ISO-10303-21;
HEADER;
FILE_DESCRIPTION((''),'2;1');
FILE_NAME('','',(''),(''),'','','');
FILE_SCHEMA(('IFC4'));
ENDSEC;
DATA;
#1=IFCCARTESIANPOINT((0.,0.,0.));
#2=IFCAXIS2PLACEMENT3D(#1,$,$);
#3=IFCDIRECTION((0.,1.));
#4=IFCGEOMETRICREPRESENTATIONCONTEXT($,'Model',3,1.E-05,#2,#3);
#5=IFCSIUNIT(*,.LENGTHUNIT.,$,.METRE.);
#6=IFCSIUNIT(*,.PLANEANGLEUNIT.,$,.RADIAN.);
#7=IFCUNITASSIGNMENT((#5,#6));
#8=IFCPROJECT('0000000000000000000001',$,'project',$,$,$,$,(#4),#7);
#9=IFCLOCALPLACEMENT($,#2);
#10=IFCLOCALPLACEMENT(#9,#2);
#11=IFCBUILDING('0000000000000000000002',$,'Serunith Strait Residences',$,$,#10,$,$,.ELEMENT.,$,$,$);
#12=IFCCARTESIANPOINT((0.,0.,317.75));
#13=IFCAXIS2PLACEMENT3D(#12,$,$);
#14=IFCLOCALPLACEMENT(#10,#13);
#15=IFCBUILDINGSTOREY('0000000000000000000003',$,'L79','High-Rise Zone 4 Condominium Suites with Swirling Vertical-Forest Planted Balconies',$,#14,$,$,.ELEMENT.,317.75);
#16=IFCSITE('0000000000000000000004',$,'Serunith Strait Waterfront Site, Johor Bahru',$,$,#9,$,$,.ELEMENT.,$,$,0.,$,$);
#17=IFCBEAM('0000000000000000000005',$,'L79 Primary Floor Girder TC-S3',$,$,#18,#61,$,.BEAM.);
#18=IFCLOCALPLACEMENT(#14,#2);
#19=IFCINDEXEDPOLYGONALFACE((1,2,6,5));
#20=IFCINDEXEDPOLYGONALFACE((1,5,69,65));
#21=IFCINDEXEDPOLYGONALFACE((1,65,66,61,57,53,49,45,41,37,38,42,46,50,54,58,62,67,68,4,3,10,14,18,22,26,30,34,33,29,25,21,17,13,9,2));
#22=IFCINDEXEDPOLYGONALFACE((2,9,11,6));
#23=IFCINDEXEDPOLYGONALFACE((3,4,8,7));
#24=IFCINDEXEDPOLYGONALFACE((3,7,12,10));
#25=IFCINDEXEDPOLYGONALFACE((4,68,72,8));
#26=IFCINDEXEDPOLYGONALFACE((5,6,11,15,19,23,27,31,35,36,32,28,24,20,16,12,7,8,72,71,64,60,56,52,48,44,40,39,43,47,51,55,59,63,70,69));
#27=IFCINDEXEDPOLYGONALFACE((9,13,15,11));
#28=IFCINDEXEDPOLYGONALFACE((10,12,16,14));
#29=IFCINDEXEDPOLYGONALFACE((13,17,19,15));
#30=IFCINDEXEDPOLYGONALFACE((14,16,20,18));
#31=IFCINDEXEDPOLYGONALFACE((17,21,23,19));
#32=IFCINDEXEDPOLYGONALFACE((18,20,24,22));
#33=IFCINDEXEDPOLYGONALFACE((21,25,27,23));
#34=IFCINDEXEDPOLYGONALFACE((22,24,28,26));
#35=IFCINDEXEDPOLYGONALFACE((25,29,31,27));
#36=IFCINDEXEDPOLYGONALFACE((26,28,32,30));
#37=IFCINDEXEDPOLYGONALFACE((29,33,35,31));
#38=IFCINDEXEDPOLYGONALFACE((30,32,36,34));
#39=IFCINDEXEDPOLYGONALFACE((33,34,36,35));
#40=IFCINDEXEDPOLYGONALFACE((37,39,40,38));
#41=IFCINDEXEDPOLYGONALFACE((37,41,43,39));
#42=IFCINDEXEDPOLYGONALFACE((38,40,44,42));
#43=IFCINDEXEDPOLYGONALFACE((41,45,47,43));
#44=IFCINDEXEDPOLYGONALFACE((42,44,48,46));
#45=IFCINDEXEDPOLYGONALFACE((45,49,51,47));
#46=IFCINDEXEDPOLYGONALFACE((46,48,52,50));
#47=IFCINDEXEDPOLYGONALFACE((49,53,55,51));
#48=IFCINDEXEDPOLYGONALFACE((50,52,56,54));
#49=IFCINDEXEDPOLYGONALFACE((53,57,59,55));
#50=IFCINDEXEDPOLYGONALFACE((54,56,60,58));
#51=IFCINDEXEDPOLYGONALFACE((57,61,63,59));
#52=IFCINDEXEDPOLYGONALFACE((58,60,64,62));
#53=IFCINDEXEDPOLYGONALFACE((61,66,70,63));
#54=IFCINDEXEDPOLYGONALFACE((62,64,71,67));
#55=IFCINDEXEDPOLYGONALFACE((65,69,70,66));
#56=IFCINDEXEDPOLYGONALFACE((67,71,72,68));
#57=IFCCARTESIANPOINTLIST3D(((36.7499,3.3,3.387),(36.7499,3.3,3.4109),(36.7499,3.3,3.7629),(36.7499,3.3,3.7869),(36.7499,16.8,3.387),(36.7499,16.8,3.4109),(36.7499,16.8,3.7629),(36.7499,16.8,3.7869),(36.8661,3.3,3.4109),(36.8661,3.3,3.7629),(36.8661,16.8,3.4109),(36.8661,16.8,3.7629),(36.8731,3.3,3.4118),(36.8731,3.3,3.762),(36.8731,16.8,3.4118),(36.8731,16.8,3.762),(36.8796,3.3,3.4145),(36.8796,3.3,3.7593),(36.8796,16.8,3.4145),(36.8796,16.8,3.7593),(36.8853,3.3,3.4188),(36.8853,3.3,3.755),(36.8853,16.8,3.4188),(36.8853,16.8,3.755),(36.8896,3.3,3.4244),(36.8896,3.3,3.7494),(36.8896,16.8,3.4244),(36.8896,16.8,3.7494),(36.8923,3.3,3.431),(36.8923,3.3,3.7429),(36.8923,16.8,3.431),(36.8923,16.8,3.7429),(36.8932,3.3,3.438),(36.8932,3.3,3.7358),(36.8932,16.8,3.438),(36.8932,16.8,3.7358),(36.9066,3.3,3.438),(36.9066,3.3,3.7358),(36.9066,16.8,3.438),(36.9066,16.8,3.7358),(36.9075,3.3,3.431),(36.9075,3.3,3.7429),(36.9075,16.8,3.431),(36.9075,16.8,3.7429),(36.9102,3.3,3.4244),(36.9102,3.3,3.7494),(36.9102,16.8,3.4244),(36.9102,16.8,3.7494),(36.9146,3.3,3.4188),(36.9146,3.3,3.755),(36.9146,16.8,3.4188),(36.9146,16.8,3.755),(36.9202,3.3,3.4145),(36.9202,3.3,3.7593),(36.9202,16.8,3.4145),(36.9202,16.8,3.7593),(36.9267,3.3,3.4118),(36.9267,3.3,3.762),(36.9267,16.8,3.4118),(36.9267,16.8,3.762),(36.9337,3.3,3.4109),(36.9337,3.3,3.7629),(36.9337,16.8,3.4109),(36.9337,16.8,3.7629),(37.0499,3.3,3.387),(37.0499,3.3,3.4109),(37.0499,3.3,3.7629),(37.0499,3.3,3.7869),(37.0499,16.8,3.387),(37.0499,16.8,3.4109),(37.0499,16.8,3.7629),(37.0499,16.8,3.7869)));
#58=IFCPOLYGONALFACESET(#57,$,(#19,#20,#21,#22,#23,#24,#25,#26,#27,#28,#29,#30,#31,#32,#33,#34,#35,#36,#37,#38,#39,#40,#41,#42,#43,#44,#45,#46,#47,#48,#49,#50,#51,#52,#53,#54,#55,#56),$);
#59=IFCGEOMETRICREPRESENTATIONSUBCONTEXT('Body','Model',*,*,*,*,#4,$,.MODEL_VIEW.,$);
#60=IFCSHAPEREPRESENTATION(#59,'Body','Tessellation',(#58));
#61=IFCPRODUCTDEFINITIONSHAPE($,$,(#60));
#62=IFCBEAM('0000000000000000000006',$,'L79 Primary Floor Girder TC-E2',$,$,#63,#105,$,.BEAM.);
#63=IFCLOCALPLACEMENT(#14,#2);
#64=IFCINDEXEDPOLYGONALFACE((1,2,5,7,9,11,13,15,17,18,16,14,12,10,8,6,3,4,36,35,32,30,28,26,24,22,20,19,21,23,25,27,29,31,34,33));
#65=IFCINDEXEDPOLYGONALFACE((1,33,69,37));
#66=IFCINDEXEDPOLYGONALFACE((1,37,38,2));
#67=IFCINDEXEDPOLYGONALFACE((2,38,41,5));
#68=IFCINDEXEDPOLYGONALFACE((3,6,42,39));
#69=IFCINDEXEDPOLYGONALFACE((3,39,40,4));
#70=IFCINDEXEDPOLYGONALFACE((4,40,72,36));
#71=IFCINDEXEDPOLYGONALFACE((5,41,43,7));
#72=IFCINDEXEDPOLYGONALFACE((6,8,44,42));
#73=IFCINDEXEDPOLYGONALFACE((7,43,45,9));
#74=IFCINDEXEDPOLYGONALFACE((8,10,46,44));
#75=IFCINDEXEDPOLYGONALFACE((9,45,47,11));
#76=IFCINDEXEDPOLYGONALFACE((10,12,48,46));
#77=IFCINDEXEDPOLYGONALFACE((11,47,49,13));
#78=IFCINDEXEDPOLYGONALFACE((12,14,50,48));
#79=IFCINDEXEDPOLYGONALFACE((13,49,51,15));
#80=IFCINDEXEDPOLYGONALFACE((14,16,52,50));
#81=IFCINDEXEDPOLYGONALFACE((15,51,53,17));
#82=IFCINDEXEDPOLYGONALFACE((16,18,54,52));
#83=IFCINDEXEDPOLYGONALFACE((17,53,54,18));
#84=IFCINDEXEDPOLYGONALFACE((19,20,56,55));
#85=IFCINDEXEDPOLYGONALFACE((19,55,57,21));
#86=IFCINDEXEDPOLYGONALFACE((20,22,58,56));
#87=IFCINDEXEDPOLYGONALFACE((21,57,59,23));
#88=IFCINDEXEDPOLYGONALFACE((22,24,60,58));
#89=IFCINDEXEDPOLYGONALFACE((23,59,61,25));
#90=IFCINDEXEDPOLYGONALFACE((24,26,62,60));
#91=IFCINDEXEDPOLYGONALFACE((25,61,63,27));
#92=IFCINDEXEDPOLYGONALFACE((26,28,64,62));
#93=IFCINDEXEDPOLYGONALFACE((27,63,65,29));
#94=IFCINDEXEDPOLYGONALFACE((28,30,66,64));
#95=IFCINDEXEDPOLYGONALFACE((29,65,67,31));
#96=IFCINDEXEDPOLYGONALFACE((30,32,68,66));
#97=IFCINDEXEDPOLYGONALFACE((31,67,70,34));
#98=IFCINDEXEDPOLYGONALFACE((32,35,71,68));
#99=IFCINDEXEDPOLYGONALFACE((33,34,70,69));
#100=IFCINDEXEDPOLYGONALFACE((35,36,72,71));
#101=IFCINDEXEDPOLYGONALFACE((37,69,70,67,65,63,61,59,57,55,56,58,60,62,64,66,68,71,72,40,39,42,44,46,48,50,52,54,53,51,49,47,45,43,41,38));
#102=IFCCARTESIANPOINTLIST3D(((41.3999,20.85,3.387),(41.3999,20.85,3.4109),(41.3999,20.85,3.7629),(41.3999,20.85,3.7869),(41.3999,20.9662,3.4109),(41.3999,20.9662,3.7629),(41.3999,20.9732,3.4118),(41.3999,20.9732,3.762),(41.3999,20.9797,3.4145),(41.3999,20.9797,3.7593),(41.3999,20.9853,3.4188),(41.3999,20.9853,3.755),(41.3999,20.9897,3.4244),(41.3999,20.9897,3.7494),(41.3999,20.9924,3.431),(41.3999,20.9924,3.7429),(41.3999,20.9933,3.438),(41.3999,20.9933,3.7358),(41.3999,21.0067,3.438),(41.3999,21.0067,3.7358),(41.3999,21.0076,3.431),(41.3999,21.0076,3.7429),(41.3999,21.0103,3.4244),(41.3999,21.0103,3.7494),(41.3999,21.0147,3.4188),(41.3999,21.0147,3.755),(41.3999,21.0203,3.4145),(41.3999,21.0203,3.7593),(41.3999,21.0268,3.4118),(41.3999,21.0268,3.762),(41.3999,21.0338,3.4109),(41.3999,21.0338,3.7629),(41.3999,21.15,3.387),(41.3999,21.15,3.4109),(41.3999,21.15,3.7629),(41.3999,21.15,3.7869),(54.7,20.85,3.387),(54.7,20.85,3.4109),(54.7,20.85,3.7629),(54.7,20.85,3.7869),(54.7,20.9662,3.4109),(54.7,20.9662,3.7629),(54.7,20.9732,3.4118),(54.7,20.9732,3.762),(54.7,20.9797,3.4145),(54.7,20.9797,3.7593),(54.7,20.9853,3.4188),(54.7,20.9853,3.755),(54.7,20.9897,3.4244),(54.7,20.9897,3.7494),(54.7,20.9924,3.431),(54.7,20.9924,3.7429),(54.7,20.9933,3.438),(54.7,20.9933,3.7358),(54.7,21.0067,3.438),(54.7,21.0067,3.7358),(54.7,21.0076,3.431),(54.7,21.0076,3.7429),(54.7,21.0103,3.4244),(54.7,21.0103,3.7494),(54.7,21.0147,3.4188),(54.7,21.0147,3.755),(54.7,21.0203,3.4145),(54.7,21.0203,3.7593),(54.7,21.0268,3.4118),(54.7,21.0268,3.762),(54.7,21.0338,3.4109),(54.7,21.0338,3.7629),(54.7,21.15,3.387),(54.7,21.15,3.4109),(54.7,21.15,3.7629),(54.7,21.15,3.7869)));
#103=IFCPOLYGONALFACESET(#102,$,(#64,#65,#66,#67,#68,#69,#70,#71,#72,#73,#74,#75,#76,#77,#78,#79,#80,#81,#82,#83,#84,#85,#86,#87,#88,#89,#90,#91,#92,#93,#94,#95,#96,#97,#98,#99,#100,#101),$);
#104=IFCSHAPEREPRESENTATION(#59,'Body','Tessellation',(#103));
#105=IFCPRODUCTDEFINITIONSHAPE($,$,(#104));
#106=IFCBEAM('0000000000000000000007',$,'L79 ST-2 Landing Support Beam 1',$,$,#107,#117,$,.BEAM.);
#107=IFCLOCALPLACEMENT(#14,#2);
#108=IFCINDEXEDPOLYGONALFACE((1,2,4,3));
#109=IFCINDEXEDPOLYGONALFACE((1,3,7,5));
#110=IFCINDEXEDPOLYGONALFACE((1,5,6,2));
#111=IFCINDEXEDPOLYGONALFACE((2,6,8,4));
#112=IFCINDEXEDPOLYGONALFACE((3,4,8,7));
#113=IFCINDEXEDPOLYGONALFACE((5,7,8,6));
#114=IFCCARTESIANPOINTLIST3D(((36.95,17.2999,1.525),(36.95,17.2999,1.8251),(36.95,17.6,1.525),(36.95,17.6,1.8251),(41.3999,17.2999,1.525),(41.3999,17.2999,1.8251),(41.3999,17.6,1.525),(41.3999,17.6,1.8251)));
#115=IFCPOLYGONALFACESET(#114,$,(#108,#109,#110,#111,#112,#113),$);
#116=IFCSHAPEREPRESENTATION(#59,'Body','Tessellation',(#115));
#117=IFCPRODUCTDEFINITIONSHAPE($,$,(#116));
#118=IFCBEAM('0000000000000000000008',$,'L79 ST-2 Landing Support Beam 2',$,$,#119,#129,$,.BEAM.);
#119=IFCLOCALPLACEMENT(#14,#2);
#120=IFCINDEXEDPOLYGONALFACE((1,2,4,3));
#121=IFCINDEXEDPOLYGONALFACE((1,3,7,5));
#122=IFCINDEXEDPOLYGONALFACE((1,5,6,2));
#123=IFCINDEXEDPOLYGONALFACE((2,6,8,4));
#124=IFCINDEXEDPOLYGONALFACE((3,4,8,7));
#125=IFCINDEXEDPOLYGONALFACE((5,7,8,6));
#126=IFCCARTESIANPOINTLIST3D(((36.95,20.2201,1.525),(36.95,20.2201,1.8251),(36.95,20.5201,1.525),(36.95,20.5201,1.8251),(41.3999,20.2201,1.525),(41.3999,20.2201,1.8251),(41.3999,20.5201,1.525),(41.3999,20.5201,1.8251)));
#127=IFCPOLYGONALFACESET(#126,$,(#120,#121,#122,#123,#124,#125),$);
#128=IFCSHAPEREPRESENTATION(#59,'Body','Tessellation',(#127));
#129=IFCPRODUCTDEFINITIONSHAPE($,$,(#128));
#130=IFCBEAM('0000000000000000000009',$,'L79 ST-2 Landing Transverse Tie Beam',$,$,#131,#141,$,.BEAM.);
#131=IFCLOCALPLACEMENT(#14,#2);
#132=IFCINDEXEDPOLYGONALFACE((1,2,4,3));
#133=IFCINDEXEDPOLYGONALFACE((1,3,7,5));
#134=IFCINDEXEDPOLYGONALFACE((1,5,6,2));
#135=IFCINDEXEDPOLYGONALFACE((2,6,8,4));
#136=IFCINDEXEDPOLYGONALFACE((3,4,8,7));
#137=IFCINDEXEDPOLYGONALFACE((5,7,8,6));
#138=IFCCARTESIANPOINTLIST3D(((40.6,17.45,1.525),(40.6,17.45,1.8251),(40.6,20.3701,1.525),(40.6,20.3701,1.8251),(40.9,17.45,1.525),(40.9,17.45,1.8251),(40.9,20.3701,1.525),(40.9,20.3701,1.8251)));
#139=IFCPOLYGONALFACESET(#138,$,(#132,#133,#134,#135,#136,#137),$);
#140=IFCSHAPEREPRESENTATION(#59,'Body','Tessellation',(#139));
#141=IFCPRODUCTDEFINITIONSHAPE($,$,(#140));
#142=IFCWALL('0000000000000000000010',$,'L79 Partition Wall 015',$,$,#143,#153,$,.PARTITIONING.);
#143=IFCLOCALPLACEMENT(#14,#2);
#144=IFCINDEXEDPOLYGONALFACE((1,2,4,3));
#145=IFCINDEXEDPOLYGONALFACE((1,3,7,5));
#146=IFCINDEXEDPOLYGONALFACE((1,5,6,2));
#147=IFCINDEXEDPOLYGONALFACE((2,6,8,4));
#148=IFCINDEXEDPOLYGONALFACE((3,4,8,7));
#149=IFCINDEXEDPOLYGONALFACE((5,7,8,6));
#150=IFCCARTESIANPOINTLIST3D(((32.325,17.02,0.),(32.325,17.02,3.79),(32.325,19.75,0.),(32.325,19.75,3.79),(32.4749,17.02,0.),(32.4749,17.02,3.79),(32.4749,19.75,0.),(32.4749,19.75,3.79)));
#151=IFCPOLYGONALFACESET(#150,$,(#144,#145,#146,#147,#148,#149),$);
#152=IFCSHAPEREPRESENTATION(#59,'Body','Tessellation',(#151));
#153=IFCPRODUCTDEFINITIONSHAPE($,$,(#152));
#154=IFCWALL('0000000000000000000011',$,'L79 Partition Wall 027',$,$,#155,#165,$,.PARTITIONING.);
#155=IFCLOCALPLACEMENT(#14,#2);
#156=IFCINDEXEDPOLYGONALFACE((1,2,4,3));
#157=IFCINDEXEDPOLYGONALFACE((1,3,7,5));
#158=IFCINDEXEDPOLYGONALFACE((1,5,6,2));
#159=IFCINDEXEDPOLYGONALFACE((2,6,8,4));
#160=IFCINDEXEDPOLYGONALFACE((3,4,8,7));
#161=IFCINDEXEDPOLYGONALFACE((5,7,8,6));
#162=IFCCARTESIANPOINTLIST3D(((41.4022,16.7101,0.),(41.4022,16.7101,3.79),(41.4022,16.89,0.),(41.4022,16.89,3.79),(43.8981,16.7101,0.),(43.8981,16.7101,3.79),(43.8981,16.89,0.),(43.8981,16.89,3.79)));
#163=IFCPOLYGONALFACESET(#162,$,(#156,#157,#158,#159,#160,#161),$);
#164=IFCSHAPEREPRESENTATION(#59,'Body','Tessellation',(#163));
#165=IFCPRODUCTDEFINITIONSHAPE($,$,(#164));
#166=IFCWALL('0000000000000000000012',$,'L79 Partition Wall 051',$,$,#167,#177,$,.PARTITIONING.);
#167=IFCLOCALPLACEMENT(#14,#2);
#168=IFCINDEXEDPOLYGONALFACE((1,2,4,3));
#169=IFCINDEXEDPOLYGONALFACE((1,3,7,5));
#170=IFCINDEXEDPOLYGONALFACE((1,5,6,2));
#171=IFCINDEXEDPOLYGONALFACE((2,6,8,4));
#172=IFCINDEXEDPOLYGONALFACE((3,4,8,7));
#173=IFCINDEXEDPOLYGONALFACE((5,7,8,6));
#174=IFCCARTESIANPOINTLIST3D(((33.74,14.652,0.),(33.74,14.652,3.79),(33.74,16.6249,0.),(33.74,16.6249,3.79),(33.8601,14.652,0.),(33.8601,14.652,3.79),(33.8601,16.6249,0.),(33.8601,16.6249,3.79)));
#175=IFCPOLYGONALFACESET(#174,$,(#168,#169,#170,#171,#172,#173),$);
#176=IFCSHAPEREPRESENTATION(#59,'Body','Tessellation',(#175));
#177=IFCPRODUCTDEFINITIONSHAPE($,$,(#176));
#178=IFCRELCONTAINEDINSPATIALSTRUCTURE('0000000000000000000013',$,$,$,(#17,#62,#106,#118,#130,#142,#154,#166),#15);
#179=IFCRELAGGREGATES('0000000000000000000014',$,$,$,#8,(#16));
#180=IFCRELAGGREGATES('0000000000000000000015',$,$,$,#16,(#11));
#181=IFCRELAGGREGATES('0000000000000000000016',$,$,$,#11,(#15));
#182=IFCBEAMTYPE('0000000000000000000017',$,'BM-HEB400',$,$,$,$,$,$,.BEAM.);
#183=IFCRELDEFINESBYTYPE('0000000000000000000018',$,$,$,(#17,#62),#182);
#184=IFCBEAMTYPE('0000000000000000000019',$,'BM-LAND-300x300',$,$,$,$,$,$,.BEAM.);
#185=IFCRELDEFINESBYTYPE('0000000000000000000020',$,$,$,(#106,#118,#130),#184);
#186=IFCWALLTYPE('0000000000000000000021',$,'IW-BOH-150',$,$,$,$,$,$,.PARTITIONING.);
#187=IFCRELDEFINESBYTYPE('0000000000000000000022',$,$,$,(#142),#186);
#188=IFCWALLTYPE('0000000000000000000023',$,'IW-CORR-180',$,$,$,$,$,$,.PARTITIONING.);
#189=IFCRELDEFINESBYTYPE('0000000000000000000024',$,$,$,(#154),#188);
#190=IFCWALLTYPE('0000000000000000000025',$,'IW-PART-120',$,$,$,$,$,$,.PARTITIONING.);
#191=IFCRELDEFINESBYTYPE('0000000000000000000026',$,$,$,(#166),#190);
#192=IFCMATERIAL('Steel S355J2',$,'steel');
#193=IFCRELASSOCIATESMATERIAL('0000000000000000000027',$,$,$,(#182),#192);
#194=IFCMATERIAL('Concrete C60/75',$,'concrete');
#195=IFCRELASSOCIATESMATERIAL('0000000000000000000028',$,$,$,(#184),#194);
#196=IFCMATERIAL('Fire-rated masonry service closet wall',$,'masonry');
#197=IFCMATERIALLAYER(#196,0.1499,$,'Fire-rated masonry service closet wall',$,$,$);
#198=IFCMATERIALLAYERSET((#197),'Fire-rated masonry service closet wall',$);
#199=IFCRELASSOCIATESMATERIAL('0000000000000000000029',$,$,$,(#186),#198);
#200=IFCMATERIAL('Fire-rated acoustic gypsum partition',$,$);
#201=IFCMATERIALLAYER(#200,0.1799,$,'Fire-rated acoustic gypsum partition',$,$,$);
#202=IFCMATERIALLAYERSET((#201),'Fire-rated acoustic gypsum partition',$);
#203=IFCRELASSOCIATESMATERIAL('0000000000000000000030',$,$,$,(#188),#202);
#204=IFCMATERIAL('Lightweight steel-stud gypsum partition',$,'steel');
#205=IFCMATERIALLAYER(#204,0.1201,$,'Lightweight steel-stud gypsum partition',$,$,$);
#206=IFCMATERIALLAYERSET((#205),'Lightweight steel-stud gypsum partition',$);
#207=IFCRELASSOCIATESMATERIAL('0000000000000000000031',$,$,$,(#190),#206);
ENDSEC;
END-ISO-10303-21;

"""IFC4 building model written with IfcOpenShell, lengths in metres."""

from ifc_helpers import new_model, si_unit, direction, frame, frame_2d, origin, origin_2d, place, context, subcontext, project, spatial, rectangle, i_section, extrude, source, transform, mapped, material, layer, layer_set, material_profile, profile_set, type_object, element, save


model = new_model("IFC4")

# Units and contexts
model_context = context("Model", 3, precision=1e-05, world=origin(), true_north=direction((0.0, 1.0)))
body_context = subcontext(model_context, "Body", "Model", "MODEL_VIEW")
ifc_project = project(units=[si_unit("LENGTHUNIT", "METRE"), si_unit("PLANEANGLEUNIT", "RADIAN")], contexts=[model_context])

# Site, building, storey
site_placement = place(None, origin())
site = spatial("IfcSite", under=ifc_project, at=site_placement, Name="Serunith Strait Waterfront Site, Johor Bahru", CompositionType="ELEMENT", RefElevation=0.0)
building_placement = place(site_placement, origin())
building = spatial("IfcBuilding", under=site, at=building_placement, Name="Serunith Strait Residences", CompositionType="ELEMENT")
storey_placement = place(building_placement, frame((0.0, 0.0, 317.75)))
storey = spatial("IfcBuildingStorey", under=building, at=storey_placement, Name="L79", Description="High-Rise Zone 4 Condominium Suites with Swirling Vertical-Forest Planted Balconies", CompositionType="ELEMENT", Elevation=317.75)

# Beams
ifc_material_1 = material(Name="Steel S355J2", Category="steel")
ifc_material_profile_1 = material_profile(ifc_material_1, i_section(OverallWidth=0.3, OverallDepth=0.3999, WebThickness=0.0134, FlangeThickness=0.0239, FilletRadius=0.0271, at=origin_2d()), Name="HEB 400")
ifc_profile_set_1 = profile_set([ifc_material_profile_1], Name="Steel S355J2")
beam_type_1 = type_object("IfcBeamType", Name="BM-HEB400", PredefinedType="BEAM", material=ifc_profile_set_1)
shared_shape_1 = source(origin(), body_context, "Body", "SweptSolid", [
    extrude(i_section(OverallWidth=0.3, OverallDepth=0.3999, WebThickness=0.0134, FlangeThickness=0.0239, FilletRadius=0.0271, at=origin_2d()), origin(), (0.0, 0.0, 1.0), 13.5),
])
beam_1_placement = place(storey_placement, frame((36.8999, 16.8, 3.5869), z_axis=(0.0, -1.0, 0.0), x_axis=(1.0, 0.0, 0.0)))
element("IfcBeam", 1, at=beam_1_placement, inside=storey, type_object=beam_type_1, Name="L79 Primary Floor Girder TC-S3", PredefinedType="BEAM", context=body_context, shape_type="MappedRepresentation", body=[
    mapped(shared_shape_1, transform((0.0, 0.0, 0.0), scale=1.0)),
])
shared_shape_2 = source(origin(), body_context, "Body", "SweptSolid", [
    extrude(i_section(OverallWidth=0.3, OverallDepth=0.3999, WebThickness=0.0134, FlangeThickness=0.0239, FilletRadius=0.0271, at=origin_2d()), origin(), (0.0, 0.0, 1.0), 13.3),
])
beam_2_placement = place(storey_placement, frame((41.3999, 21.0, 3.5869), z_axis=(1.0, 0.0, 0.0), x_axis=(0.0, 1.0, 0.0)))
element("IfcBeam", 2, at=beam_2_placement, inside=storey, type_object=beam_type_1, Name="L79 Primary Floor Girder TC-E2", PredefinedType="BEAM", context=body_context, shape_type="MappedRepresentation", body=[
    mapped(shared_shape_2, transform((0.0, 0.0, 0.0), scale=1.0)),
])
ifc_material_2 = material(Name="Concrete C60/75", Category="concrete")
ifc_material_profile_2 = material_profile(ifc_material_2, rectangle(XDim=0.3, YDim=0.3, at=origin_2d()), Name="RC 300x300")
ifc_profile_set_2 = profile_set([ifc_material_profile_2], Name="Concrete C60/75")
beam_type_2 = type_object("IfcBeamType", Name="BM-LAND-300x300", PredefinedType="BEAM", material=ifc_profile_set_2)
shared_shape_3 = source(origin(), body_context, "Body", "SweptSolid", [
    extrude(rectangle(XDim=0.3, YDim=0.3, at=origin_2d()), origin(), (0.0, 0.0, 1.0), 4.45),
])
for number, where, z_axis, x_axis, name in (
    (3, (36.95, 17.45, 1.675), (1.0, 0.0, 0.0), (0.0, 1.0, 0.0), "L79 ST-2 Landing Support Beam 1"),
    (4, (36.95, 20.3701, 1.675), (1.0, 0.0, 0.0), (0.0, 1.0, 0.0), "L79 ST-2 Landing Support Beam 2"),
):
    element("IfcBeam", number, at=place(storey_placement, frame(where, z_axis=z_axis, x_axis=x_axis)), inside=storey, type_object=beam_type_2, Name=name, PredefinedType="BEAM", context=body_context, shape_type="MappedRepresentation", body=[
        mapped(shared_shape_3, transform((0.0, 0.0, 0.0), scale=1.0)),
    ])
shared_shape_4 = source(origin(), body_context, "Body", "SweptSolid", [
    extrude(rectangle(XDim=0.3, YDim=0.3, at=origin_2d()), origin(), (0.0, 0.0, 1.0), 2.9202),
])
beam_3_placement = place(storey_placement, frame((40.75, 17.45, 1.675), z_axis=(0.0, 1.0, 0.0), x_axis=(-1.0, 0.0, 0.0)))
element("IfcBeam", 5, at=beam_3_placement, inside=storey, type_object=beam_type_2, Name="L79 ST-2 Landing Transverse Tie Beam", PredefinedType="BEAM", context=body_context, shape_type="MappedRepresentation", body=[
    mapped(shared_shape_4, transform((0.0, 0.0, 0.0), scale=1.0)),
])

# Walls
ifc_material_3 = material(Name="Fire-rated masonry service closet wall", Category="masonry")
ifc_layer_1 = layer(ifc_material_3, 0.1499, Name="Fire-rated masonry service closet wall")
ifc_layer_set_1 = layer_set([ifc_layer_1], Name="Fire-rated masonry service closet wall")
wall_type_1 = type_object("IfcWallType", Name="IW-BOH-150", PredefinedType="PARTITIONING", material=ifc_layer_set_1)
wall_1_placement = place(storey_placement, frame((32.3999, 17.02, 0.0), z_axis=(0.0, 0.0, 1.0), x_axis=(0.0, 1.0, 0.0)))
element("IfcWall", 6, at=wall_1_placement, inside=storey, type_object=wall_type_1, Name="L79 Partition Wall 015", PredefinedType="PARTITIONING", context=body_context, shape_type="SweptSolid", body=[
    extrude(rectangle(XDim=2.73, YDim=0.1499, at=frame_2d((1.365, 0.0))), origin(), (0.0, 0.0, 1.0), 3.79),
])
ifc_material_4 = material(Name="Fire-rated acoustic gypsum partition")
ifc_layer_2 = layer(ifc_material_4, 0.1799, Name="Fire-rated acoustic gypsum partition")
ifc_layer_set_2 = layer_set([ifc_layer_2], Name="Fire-rated acoustic gypsum partition")
wall_type_2 = type_object("IfcWallType", Name="IW-CORR-180", PredefinedType="PARTITIONING", material=ifc_layer_set_2)
wall_2_placement = place(storey_placement, frame((41.4021, 16.8, 0.0), z_axis=(0.0, 0.0, 1.0), x_axis=(1.0, 0.0, 0.0)))
element("IfcWall", 7, at=wall_2_placement, inside=storey, type_object=wall_type_2, Name="L79 Partition Wall 027", PredefinedType="PARTITIONING", context=body_context, shape_type="SweptSolid", body=[
    extrude(rectangle(XDim=2.4958, YDim=0.1799, at=frame_2d((1.248, 0.0))), origin(), (0.0, 0.0, 1.0), 3.79),
])
ifc_material_5 = material(Name="Lightweight steel-stud gypsum partition", Category="steel")
ifc_layer_3 = layer(ifc_material_5, 0.1201, Name="Lightweight steel-stud gypsum partition")
ifc_layer_set_3 = layer_set([ifc_layer_3], Name="Lightweight steel-stud gypsum partition")
wall_type_3 = type_object("IfcWallType", Name="IW-PART-120", PredefinedType="PARTITIONING", material=ifc_layer_set_3)
wall_3_placement = place(storey_placement, frame((33.8, 14.6521, 0.0), z_axis=(0.0, 0.0, 1.0), x_axis=(0.0, 1.0, 0.0)))
element("IfcWall", 8, at=wall_3_placement, inside=storey, type_object=wall_type_3, Name="L79 Partition Wall 051", PredefinedType="PARTITIONING", context=body_context, shape_type="SweptSolid", body=[
    extrude(rectangle(XDim=1.9729, YDim=0.1201, at=frame_2d((0.9863, 0.0))), origin(), (0.0, 0.0, 1.0), 3.79),
])

save(model, "model.ifc")
